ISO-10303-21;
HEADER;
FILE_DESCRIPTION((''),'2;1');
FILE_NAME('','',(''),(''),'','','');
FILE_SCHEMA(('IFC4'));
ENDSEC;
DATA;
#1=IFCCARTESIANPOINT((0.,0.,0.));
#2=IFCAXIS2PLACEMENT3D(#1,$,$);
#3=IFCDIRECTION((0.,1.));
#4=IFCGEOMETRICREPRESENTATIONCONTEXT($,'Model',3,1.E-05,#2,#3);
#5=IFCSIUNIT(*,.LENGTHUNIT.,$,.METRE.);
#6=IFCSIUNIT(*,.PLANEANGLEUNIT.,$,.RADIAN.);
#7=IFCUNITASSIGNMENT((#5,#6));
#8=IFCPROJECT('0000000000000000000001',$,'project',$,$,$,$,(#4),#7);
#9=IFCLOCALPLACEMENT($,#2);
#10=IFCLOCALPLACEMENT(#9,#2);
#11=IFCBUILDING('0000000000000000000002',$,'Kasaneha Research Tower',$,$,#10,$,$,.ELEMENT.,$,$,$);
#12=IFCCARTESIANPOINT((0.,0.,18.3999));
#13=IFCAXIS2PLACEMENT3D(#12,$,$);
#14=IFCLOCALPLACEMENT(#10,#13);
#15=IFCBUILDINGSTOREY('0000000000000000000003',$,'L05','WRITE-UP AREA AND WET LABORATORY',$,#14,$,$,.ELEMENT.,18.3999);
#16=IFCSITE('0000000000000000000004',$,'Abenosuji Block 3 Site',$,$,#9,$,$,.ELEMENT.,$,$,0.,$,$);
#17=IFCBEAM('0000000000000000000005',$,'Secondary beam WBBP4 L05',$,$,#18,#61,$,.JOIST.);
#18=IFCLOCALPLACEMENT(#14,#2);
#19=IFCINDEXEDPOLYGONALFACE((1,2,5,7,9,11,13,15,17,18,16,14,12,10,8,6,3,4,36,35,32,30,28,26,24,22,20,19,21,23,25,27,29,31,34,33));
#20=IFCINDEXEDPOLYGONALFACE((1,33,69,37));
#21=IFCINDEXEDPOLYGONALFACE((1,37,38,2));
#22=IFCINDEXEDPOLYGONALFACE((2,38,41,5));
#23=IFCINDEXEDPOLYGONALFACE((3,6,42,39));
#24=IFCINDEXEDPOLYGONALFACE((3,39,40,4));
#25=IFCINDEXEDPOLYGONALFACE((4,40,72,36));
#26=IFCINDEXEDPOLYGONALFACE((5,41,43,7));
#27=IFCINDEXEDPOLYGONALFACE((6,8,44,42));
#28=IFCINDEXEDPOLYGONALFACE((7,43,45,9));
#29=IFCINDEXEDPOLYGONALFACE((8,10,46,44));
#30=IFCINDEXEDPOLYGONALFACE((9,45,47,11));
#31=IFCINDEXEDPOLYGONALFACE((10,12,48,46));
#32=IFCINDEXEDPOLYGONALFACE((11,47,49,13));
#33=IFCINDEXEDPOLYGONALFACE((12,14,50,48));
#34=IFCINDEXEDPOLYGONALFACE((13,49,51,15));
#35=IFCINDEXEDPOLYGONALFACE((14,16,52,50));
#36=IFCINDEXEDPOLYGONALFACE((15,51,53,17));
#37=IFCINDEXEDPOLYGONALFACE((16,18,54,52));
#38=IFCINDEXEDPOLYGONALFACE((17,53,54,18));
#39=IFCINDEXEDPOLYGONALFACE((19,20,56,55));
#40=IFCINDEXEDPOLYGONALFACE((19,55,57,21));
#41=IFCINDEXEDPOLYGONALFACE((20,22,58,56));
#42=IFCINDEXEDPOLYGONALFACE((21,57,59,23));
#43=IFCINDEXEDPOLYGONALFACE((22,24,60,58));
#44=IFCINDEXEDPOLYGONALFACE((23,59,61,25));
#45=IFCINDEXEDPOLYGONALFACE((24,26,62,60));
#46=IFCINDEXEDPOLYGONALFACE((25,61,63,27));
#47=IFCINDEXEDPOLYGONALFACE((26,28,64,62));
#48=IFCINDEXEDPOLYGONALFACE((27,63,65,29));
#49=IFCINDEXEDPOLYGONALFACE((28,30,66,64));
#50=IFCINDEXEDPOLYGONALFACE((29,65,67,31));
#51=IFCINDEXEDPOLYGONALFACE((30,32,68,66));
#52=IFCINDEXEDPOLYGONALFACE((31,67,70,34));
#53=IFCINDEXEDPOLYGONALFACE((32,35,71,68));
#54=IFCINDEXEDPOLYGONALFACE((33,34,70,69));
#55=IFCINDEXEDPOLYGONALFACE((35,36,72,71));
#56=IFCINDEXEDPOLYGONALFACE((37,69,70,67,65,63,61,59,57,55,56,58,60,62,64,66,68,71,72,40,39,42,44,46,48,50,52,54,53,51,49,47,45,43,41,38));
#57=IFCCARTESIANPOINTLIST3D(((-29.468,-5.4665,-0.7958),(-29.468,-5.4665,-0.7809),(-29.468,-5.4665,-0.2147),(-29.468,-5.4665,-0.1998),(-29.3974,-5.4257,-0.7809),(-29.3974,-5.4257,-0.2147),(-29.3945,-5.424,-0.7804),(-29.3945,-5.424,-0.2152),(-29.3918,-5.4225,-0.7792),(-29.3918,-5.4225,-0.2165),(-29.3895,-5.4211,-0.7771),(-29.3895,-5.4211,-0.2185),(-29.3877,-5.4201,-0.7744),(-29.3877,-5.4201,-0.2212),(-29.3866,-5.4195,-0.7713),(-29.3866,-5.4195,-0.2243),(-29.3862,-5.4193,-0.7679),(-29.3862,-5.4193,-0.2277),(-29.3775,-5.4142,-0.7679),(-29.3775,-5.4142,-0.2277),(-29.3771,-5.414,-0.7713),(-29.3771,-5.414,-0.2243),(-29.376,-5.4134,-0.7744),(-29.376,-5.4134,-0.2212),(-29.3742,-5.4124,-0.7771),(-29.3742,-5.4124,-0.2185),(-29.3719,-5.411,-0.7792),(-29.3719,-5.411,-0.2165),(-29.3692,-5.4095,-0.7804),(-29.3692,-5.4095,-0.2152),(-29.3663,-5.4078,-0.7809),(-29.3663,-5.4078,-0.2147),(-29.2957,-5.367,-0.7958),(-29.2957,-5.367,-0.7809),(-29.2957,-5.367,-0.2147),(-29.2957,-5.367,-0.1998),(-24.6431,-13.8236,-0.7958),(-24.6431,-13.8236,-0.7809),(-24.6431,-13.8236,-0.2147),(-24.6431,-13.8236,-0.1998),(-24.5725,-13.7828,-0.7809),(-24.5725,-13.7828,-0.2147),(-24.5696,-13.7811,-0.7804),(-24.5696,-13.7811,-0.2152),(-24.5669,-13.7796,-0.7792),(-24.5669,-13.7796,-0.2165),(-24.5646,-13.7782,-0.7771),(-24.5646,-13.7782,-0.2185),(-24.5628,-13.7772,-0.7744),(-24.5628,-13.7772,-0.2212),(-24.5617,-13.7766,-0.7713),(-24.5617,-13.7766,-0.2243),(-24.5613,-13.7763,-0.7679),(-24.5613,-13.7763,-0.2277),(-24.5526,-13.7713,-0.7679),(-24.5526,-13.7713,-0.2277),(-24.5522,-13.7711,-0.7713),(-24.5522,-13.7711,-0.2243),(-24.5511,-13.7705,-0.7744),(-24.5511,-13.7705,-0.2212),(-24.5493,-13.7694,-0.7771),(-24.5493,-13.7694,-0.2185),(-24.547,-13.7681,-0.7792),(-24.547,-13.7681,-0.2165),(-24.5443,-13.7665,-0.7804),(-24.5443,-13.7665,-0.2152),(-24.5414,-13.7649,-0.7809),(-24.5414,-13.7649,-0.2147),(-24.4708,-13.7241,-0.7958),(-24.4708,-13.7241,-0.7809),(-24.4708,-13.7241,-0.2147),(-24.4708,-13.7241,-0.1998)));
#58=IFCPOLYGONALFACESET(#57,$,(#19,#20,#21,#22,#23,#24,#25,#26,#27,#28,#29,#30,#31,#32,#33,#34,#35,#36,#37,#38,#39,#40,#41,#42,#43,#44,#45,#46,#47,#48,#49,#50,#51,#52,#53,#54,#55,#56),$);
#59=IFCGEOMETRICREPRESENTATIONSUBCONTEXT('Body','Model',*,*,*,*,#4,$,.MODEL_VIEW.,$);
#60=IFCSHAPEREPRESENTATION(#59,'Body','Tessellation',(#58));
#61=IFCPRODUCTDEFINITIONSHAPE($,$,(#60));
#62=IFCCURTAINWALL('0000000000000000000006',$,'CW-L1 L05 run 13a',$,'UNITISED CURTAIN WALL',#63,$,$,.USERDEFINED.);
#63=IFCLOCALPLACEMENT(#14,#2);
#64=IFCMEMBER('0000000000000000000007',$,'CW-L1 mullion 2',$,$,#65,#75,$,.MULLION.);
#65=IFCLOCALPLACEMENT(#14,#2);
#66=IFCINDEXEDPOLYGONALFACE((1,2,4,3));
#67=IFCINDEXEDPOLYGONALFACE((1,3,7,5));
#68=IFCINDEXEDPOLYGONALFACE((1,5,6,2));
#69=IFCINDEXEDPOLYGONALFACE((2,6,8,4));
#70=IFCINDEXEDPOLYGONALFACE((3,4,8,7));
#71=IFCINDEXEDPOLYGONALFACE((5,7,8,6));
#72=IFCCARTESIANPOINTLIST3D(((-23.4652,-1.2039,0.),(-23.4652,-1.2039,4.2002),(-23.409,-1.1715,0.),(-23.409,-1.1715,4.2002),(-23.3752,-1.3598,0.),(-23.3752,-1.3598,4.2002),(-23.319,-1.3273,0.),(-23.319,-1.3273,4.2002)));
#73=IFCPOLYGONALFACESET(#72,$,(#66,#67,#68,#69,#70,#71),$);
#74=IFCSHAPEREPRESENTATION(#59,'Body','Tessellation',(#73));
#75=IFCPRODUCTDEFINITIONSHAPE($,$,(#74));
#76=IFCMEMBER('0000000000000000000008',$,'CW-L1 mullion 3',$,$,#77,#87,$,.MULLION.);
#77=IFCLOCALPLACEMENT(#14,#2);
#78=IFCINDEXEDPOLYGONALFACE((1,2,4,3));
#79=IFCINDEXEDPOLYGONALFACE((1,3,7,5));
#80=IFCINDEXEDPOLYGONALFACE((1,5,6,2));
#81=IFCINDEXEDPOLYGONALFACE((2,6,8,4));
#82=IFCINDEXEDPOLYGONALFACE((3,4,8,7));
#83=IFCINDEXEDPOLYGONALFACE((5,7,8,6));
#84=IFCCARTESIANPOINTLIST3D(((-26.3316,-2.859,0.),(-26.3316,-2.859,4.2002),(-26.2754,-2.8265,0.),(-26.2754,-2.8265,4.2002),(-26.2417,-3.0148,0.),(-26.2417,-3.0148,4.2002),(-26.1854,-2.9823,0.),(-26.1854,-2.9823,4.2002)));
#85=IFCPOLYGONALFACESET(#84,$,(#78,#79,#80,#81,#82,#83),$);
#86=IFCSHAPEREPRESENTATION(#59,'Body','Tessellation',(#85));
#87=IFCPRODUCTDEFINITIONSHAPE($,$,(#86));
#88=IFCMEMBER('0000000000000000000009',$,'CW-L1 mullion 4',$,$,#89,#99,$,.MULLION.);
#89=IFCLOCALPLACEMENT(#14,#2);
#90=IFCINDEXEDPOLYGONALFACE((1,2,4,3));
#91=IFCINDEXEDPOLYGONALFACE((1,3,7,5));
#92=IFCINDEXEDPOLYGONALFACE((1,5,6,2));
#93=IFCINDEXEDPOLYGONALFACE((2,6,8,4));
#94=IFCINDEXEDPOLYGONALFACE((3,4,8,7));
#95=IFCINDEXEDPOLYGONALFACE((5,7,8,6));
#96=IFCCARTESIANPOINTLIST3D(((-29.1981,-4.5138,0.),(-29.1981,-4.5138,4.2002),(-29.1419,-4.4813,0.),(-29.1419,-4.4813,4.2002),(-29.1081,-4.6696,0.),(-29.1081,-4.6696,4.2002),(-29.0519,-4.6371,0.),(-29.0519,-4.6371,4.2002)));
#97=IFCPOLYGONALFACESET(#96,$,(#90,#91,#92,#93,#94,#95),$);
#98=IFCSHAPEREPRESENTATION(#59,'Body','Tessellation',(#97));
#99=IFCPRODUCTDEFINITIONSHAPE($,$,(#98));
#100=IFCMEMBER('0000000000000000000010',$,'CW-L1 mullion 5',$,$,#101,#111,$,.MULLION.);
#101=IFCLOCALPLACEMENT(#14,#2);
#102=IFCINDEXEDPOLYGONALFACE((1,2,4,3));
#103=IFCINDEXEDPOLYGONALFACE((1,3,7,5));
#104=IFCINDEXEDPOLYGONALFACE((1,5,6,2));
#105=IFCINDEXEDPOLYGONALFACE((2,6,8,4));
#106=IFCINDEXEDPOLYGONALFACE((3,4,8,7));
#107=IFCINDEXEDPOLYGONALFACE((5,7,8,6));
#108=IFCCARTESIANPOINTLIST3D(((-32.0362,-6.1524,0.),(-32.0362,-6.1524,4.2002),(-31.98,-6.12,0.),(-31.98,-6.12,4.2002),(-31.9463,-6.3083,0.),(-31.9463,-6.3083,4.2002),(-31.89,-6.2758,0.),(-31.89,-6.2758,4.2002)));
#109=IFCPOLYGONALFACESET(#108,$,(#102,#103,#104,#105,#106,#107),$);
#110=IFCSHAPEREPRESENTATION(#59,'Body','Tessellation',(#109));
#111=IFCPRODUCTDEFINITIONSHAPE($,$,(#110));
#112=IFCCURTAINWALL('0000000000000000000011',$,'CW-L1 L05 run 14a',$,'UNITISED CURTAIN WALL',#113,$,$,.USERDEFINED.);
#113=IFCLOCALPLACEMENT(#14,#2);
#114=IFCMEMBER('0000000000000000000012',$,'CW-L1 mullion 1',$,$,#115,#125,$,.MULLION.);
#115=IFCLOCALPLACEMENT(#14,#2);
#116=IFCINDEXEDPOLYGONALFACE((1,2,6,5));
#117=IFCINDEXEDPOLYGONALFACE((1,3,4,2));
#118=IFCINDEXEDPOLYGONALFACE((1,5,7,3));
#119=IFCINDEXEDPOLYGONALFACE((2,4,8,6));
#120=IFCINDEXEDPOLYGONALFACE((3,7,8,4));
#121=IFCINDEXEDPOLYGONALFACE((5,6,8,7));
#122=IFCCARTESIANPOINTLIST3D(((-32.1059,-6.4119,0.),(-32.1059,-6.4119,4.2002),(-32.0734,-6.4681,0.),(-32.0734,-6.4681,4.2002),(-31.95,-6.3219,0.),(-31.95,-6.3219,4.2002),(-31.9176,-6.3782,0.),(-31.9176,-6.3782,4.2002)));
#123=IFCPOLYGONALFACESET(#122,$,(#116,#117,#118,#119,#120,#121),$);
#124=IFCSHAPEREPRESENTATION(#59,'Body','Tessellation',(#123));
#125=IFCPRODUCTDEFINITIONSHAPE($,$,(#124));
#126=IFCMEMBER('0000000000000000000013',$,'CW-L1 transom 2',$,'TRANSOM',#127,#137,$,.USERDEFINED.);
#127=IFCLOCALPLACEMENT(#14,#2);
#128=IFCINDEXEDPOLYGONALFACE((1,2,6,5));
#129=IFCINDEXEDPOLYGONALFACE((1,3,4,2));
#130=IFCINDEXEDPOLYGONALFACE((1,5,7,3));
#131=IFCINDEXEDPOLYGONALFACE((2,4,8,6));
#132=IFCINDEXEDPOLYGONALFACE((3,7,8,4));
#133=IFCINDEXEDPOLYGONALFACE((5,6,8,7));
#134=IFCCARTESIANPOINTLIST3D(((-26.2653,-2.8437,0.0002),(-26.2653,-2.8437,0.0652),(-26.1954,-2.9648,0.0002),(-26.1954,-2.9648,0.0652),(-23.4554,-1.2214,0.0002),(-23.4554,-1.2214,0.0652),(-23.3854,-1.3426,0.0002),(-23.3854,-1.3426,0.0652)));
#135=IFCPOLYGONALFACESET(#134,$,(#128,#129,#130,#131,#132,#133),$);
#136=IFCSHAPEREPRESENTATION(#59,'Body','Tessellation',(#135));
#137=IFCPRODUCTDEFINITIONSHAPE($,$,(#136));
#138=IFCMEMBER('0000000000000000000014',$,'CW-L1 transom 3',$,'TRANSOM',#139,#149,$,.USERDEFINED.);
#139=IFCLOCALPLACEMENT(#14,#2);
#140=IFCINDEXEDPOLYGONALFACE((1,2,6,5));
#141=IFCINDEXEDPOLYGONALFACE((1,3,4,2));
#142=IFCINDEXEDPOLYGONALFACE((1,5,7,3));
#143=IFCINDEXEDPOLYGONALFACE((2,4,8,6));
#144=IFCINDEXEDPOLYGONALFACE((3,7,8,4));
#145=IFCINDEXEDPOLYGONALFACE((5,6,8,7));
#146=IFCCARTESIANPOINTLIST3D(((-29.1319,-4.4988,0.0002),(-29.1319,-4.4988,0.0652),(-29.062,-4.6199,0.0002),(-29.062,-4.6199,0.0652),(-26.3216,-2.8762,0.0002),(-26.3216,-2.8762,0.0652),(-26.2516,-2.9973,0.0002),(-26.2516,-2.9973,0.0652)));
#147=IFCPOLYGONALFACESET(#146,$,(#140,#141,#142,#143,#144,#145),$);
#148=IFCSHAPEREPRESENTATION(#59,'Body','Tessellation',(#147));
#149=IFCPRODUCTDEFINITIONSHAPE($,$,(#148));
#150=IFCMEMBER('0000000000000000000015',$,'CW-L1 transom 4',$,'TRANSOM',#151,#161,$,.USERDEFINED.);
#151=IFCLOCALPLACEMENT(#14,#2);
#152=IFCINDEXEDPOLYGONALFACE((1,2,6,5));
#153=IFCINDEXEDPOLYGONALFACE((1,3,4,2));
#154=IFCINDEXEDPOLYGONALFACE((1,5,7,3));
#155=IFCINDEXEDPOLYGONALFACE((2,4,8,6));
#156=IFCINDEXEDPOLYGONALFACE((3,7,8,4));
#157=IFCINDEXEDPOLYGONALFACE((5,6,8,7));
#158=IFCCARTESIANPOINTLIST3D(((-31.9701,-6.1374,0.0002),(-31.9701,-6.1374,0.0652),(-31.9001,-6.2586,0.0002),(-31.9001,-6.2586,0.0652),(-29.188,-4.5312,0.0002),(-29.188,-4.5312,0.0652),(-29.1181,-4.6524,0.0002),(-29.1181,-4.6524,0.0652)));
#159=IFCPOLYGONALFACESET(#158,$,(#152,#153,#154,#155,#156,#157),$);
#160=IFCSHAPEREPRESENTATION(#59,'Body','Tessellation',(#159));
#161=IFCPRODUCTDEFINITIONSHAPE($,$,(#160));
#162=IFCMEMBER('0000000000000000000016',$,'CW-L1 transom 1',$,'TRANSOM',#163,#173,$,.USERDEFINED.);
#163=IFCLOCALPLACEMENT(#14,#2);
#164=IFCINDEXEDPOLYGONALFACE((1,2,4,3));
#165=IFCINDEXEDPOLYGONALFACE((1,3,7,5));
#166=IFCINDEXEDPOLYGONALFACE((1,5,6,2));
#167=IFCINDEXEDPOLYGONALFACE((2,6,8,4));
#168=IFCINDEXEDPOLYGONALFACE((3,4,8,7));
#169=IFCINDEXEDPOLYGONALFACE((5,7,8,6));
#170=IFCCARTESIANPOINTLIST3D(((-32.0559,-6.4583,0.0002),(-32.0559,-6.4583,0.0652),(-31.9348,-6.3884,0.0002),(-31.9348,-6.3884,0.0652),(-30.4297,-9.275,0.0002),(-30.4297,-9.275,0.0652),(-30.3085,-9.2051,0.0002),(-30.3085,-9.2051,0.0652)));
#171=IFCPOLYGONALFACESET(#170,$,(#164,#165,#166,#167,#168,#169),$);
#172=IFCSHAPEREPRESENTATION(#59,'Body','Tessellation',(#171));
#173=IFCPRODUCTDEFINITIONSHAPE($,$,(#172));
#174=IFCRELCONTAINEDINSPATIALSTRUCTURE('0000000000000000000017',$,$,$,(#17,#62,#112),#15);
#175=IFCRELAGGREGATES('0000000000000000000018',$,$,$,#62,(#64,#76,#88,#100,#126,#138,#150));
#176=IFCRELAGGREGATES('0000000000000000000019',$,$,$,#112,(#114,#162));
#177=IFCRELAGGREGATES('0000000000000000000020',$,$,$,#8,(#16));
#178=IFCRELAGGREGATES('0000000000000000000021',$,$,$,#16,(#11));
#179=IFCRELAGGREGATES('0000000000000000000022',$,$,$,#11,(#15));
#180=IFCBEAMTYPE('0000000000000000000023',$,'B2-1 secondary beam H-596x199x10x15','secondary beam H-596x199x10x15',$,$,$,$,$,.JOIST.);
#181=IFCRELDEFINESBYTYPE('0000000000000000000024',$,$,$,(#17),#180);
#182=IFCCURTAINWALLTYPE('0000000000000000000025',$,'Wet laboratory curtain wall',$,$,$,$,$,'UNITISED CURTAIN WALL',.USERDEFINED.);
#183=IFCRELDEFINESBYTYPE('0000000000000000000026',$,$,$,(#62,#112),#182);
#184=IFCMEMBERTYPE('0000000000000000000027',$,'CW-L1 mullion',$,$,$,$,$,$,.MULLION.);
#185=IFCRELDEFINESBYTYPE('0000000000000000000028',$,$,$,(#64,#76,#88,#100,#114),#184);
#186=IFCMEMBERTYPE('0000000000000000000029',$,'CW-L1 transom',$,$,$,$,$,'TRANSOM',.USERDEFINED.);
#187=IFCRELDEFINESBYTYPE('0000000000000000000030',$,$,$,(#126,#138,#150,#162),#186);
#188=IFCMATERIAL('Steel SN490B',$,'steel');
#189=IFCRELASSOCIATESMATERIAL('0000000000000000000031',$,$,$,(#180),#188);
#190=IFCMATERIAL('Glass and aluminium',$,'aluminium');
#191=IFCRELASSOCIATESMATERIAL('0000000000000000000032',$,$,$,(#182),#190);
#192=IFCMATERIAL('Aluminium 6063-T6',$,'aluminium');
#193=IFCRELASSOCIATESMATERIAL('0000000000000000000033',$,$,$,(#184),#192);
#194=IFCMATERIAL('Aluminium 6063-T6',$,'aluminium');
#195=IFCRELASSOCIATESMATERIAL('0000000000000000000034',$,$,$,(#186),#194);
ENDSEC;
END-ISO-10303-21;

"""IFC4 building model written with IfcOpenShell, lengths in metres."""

from ifc_helpers import new_model, si_unit, direction, frame, origin, origin_2d, place, context, subcontext, project, spatial, rectangle, i_section, extrude, material, material_profile, profile_set, type_object, element, aggregate, save


model = new_model("IFC4")

# Units and contexts
model_context = context("Model", 3, precision=1e-05, world=origin(), true_north=direction((0.0, 1.0)))
body_context = subcontext(model_context, "Body", "Model", "MODEL_VIEW")
ifc_project = project(units=[si_unit("LENGTHUNIT", "METRE"), si_unit("PLANEANGLEUNIT", "RADIAN")], contexts=[model_context])

# Site, building, storey
site_placement = place(None, origin())
site = spatial("IfcSite", under=ifc_project, at=site_placement, Name="Abenosuji Block 3 Site", CompositionType="ELEMENT", RefElevation=0.0)
building_placement = place(site_placement, origin())
building = spatial("IfcBuilding", under=site, at=building_placement, Name="Kasaneha Research Tower", CompositionType="ELEMENT")
storey_placement = place(building_placement, frame((0.0, 0.0, 18.3999)))
storey = spatial("IfcBuildingStorey", under=building, at=storey_placement, Name="L05", Description="WRITE-UP AREA AND WET LABORATORY", CompositionType="ELEMENT", Elevation=18.3999)

# Beam
ifc_material_1 = material(Name="Steel SN490B", Category="steel")
ifc_material_profile_1 = material_profile(ifc_material_1, i_section(OverallWidth=0.199, OverallDepth=0.5959, WebThickness=0.01, FlangeThickness=0.0149, FilletRadius=0.0129, at=origin_2d()), Name="H-596x199x10x15")
ifc_profile_set_1 = profile_set([ifc_material_profile_1], Name="Steel SN490B")
beam_type_1 = type_object("IfcBeamType", Name="B2-1 secondary beam H-596x199x10x15", Description="secondary beam H-596x199x10x15", PredefinedType="JOIST", material=ifc_profile_set_1)
for number, where, z_axis, x_axis, name in (
    (1, (-29.3818, -5.4167, -0.4978), (0.499995, -0.866028, 0.0), (0.866028, 0.499995, 0.0), "Secondary beam WBBP4 L05"),
):
    element("IfcBeam", number, at=place(storey_placement, frame(where, z_axis=z_axis, x_axis=x_axis)), inside=storey, type_object=beam_type_1, Name=name, PredefinedType="JOIST", context=body_context, shape_type="SweptSolid", body=[
        extrude(i_section(OverallWidth=0.199, OverallDepth=0.5959, WebThickness=0.01, FlangeThickness=0.0149, FilletRadius=0.0129, at=origin_2d()), origin(), (0.0, 0.0, 1.0), 9.6499),
    ])

# Curtain wall, members
ifc_material_2 = material(Name="Glass and aluminium", Category="aluminium")
curtain_wall_type = type_object("IfcCurtainWallType", Name="Wet laboratory curtain wall", ElementType="UNITISED CURTAIN WALL", PredefinedType="USERDEFINED", material=ifc_material_2)
curtain_wall_1_placement = place(storey_placement, origin())
curtain_wall_1 = element("IfcCurtainWall", 2, at=curtain_wall_1_placement, inside=storey, type_object=curtain_wall_type, Name="CW-L1 L05 run 13a", ObjectType="UNITISED CURTAIN WALL", PredefinedType="USERDEFINED")
ifc_material_3 = material(Name="Aluminium 6063-T6", Category="aluminium")
ifc_material_profile_2 = material_profile(ifc_material_3, rectangle(XDim=0.0649, YDim=0.1799, at=origin_2d()), Name="CW-L1 mullion 65x180")
ifc_profile_set_2 = profile_set([ifc_material_profile_2], Name="Aluminium 6063-T6")
member_type_1 = type_object("IfcMemberType", Name="CW-L1 mullion", PredefinedType="MULLION", material=ifc_profile_set_2)
member_1_placement = place(storey_placement, frame((-23.3921, -1.2656, 0.0), z_axis=(0.0, 0.0, 1.0), x_axis=(-0.866025, -0.5, 0.0)))
member_1 = element("IfcMember", 3, at=member_1_placement, type_object=member_type_1, Name="CW-L1 mullion 2", PredefinedType="MULLION", context=body_context, shape_type="SweptSolid", body=[
    extrude(rectangle(XDim=0.0649, YDim=0.1799, at=origin_2d()), origin(), (0.0, 0.0, 1.0), 4.2002),
])
member_2_placement = place(storey_placement, frame((-26.2585, -2.9207, 0.0), z_axis=(0.0, 0.0, 1.0), x_axis=(-0.866025, -0.5, 0.0)))
member_2 = element("IfcMember", 4, at=member_2_placement, type_object=member_type_1, Name="CW-L1 mullion 3", PredefinedType="MULLION", context=body_context, shape_type="SweptSolid", body=[
    extrude(rectangle(XDim=0.0649, YDim=0.1799, at=origin_2d()), origin(), (0.0, 0.0, 1.0), 4.2002),
])
member_3_placement = place(storey_placement, frame((-29.125, -4.5754, 0.0), z_axis=(0.0, 0.0, 1.0), x_axis=(-0.866025, -0.5, 0.0)))
member_3 = element("IfcMember", 5, at=member_3_placement, type_object=member_type_1, Name="CW-L1 mullion 4", PredefinedType="MULLION", context=body_context, shape_type="SweptSolid", body=[
    extrude(rectangle(XDim=0.0649, YDim=0.1799, at=origin_2d()), origin(), (0.0, 0.0, 1.0), 4.2002),
])
member_4_placement = place(storey_placement, frame((-31.9631, -6.2141, 0.0), z_axis=(0.0, 0.0, 1.0), x_axis=(-0.866025, -0.5, 0.0)))
member_4 = element("IfcMember", 6, at=member_4_placement, type_object=member_type_1, Name="CW-L1 mullion 5", PredefinedType="MULLION", context=body_context, shape_type="SweptSolid", body=[
    extrude(rectangle(XDim=0.0649, YDim=0.1799, at=origin_2d()), origin(), (0.0, 0.0, 1.0), 4.2002),
])

# Curtain wall, member
curtain_wall_2_placement = place(storey_placement, origin())
curtain_wall_2 = element("IfcCurtainWall", 7, at=curtain_wall_2_placement, inside=storey, type_object=curtain_wall_type, Name="CW-L1 L05 run 14a", ObjectType="UNITISED CURTAIN WALL", PredefinedType="USERDEFINED")
member_5_placement = place(storey_placement, frame((-32.0117, -6.395, 0.0), z_axis=(0.0, 0.0, 1.0), x_axis=(0.5, -0.866025, 0.0)))
member_5 = element("IfcMember", 8, at=member_5_placement, type_object=member_type_1, Name="CW-L1 mullion 1", PredefinedType="MULLION", context=body_context, shape_type="SweptSolid", body=[
    extrude(rectangle(XDim=0.0649, YDim=0.1799, at=origin_2d()), origin(), (0.0, 0.0, 1.0), 4.2002),
])

# Members
ifc_material_4 = material(Name="Aluminium 6063-T6", Category="aluminium")
ifc_material_profile_3 = material_profile(ifc_material_4, rectangle(XDim=0.1399, YDim=0.0649, at=origin_2d()), Name="CW-L1 transom 140x65")
ifc_profile_set_3 = profile_set([ifc_material_profile_3], Name="Aluminium 6063-T6")
member_type_2 = type_object("IfcMemberType", Name="CW-L1 transom", ElementType="TRANSOM", PredefinedType="USERDEFINED", material=ifc_profile_set_3)
member_6_placement = place(storey_placement, frame((-23.4204, -1.282, 0.0327), z_axis=(-0.866035, -0.499983, 0.0), x_axis=(0.499983, -0.866035, 0.0)))
member_6 = element("IfcMember", 9, at=member_6_placement, type_object=member_type_2, Name="CW-L1 transom 2", ObjectType="TRANSOM", PredefinedType="USERDEFINED", context=body_context, shape_type="SweptSolid", body=[
    extrude(rectangle(XDim=0.1399, YDim=0.0649, at=origin_2d()), origin(), (0.0, 0.0, 1.0), 3.2446),
])
member_7_placement = place(storey_placement, frame((-26.2866, -2.9368, 0.0327), z_axis=(-0.866021, -0.500007, 0.0), x_axis=(0.500007, -0.866021, 0.0)))
member_7 = element("IfcMember", 10, at=member_7_placement, type_object=member_type_2, Name="CW-L1 transom 3", ObjectType="TRANSOM", PredefinedType="USERDEFINED", context=body_context, shape_type="SweptSolid", body=[
    extrude(rectangle(XDim=0.1399, YDim=0.0649, at=origin_2d()), origin(), (0.0, 0.0, 1.0), 3.2451),
])
member_8_placement = place(storey_placement, frame((-29.1531, -4.5918, 0.0327), z_axis=(-0.866022, -0.500005, 0.0), x_axis=(0.500005, -0.866022, 0.0)))
member_8 = element("IfcMember", 11, at=member_8_placement, type_object=member_type_2, Name="CW-L1 transom 4", ObjectType="TRANSOM", PredefinedType="USERDEFINED", context=body_context, shape_type="SweptSolid", body=[
    extrude(rectangle(XDim=0.1399, YDim=0.0649, at=origin_2d()), origin(), (0.0, 0.0, 1.0), 3.2124),
])
member_9_placement = place(storey_placement, frame((-31.9954, -6.4233, 0.0327), z_axis=(0.500006, -0.866022, 0.0), x_axis=(0.866022, 0.500006, 0.0)))
member_9 = element("IfcMember", 12, at=member_9_placement, type_object=member_type_2, Name="CW-L1 transom 1", ObjectType="TRANSOM", PredefinedType="USERDEFINED", context=body_context, shape_type="SweptSolid", body=[
    extrude(rectangle(XDim=0.1399, YDim=0.0649, at=origin_2d()), origin(), (0.0, 0.0, 1.0), 3.2524),
])

aggregate(curtain_wall_1, [member_1, member_2, member_3, member_4, member_6, member_7, member_8])
aggregate(curtain_wall_2, [member_5, member_9])

save(model, "model.ifc")
